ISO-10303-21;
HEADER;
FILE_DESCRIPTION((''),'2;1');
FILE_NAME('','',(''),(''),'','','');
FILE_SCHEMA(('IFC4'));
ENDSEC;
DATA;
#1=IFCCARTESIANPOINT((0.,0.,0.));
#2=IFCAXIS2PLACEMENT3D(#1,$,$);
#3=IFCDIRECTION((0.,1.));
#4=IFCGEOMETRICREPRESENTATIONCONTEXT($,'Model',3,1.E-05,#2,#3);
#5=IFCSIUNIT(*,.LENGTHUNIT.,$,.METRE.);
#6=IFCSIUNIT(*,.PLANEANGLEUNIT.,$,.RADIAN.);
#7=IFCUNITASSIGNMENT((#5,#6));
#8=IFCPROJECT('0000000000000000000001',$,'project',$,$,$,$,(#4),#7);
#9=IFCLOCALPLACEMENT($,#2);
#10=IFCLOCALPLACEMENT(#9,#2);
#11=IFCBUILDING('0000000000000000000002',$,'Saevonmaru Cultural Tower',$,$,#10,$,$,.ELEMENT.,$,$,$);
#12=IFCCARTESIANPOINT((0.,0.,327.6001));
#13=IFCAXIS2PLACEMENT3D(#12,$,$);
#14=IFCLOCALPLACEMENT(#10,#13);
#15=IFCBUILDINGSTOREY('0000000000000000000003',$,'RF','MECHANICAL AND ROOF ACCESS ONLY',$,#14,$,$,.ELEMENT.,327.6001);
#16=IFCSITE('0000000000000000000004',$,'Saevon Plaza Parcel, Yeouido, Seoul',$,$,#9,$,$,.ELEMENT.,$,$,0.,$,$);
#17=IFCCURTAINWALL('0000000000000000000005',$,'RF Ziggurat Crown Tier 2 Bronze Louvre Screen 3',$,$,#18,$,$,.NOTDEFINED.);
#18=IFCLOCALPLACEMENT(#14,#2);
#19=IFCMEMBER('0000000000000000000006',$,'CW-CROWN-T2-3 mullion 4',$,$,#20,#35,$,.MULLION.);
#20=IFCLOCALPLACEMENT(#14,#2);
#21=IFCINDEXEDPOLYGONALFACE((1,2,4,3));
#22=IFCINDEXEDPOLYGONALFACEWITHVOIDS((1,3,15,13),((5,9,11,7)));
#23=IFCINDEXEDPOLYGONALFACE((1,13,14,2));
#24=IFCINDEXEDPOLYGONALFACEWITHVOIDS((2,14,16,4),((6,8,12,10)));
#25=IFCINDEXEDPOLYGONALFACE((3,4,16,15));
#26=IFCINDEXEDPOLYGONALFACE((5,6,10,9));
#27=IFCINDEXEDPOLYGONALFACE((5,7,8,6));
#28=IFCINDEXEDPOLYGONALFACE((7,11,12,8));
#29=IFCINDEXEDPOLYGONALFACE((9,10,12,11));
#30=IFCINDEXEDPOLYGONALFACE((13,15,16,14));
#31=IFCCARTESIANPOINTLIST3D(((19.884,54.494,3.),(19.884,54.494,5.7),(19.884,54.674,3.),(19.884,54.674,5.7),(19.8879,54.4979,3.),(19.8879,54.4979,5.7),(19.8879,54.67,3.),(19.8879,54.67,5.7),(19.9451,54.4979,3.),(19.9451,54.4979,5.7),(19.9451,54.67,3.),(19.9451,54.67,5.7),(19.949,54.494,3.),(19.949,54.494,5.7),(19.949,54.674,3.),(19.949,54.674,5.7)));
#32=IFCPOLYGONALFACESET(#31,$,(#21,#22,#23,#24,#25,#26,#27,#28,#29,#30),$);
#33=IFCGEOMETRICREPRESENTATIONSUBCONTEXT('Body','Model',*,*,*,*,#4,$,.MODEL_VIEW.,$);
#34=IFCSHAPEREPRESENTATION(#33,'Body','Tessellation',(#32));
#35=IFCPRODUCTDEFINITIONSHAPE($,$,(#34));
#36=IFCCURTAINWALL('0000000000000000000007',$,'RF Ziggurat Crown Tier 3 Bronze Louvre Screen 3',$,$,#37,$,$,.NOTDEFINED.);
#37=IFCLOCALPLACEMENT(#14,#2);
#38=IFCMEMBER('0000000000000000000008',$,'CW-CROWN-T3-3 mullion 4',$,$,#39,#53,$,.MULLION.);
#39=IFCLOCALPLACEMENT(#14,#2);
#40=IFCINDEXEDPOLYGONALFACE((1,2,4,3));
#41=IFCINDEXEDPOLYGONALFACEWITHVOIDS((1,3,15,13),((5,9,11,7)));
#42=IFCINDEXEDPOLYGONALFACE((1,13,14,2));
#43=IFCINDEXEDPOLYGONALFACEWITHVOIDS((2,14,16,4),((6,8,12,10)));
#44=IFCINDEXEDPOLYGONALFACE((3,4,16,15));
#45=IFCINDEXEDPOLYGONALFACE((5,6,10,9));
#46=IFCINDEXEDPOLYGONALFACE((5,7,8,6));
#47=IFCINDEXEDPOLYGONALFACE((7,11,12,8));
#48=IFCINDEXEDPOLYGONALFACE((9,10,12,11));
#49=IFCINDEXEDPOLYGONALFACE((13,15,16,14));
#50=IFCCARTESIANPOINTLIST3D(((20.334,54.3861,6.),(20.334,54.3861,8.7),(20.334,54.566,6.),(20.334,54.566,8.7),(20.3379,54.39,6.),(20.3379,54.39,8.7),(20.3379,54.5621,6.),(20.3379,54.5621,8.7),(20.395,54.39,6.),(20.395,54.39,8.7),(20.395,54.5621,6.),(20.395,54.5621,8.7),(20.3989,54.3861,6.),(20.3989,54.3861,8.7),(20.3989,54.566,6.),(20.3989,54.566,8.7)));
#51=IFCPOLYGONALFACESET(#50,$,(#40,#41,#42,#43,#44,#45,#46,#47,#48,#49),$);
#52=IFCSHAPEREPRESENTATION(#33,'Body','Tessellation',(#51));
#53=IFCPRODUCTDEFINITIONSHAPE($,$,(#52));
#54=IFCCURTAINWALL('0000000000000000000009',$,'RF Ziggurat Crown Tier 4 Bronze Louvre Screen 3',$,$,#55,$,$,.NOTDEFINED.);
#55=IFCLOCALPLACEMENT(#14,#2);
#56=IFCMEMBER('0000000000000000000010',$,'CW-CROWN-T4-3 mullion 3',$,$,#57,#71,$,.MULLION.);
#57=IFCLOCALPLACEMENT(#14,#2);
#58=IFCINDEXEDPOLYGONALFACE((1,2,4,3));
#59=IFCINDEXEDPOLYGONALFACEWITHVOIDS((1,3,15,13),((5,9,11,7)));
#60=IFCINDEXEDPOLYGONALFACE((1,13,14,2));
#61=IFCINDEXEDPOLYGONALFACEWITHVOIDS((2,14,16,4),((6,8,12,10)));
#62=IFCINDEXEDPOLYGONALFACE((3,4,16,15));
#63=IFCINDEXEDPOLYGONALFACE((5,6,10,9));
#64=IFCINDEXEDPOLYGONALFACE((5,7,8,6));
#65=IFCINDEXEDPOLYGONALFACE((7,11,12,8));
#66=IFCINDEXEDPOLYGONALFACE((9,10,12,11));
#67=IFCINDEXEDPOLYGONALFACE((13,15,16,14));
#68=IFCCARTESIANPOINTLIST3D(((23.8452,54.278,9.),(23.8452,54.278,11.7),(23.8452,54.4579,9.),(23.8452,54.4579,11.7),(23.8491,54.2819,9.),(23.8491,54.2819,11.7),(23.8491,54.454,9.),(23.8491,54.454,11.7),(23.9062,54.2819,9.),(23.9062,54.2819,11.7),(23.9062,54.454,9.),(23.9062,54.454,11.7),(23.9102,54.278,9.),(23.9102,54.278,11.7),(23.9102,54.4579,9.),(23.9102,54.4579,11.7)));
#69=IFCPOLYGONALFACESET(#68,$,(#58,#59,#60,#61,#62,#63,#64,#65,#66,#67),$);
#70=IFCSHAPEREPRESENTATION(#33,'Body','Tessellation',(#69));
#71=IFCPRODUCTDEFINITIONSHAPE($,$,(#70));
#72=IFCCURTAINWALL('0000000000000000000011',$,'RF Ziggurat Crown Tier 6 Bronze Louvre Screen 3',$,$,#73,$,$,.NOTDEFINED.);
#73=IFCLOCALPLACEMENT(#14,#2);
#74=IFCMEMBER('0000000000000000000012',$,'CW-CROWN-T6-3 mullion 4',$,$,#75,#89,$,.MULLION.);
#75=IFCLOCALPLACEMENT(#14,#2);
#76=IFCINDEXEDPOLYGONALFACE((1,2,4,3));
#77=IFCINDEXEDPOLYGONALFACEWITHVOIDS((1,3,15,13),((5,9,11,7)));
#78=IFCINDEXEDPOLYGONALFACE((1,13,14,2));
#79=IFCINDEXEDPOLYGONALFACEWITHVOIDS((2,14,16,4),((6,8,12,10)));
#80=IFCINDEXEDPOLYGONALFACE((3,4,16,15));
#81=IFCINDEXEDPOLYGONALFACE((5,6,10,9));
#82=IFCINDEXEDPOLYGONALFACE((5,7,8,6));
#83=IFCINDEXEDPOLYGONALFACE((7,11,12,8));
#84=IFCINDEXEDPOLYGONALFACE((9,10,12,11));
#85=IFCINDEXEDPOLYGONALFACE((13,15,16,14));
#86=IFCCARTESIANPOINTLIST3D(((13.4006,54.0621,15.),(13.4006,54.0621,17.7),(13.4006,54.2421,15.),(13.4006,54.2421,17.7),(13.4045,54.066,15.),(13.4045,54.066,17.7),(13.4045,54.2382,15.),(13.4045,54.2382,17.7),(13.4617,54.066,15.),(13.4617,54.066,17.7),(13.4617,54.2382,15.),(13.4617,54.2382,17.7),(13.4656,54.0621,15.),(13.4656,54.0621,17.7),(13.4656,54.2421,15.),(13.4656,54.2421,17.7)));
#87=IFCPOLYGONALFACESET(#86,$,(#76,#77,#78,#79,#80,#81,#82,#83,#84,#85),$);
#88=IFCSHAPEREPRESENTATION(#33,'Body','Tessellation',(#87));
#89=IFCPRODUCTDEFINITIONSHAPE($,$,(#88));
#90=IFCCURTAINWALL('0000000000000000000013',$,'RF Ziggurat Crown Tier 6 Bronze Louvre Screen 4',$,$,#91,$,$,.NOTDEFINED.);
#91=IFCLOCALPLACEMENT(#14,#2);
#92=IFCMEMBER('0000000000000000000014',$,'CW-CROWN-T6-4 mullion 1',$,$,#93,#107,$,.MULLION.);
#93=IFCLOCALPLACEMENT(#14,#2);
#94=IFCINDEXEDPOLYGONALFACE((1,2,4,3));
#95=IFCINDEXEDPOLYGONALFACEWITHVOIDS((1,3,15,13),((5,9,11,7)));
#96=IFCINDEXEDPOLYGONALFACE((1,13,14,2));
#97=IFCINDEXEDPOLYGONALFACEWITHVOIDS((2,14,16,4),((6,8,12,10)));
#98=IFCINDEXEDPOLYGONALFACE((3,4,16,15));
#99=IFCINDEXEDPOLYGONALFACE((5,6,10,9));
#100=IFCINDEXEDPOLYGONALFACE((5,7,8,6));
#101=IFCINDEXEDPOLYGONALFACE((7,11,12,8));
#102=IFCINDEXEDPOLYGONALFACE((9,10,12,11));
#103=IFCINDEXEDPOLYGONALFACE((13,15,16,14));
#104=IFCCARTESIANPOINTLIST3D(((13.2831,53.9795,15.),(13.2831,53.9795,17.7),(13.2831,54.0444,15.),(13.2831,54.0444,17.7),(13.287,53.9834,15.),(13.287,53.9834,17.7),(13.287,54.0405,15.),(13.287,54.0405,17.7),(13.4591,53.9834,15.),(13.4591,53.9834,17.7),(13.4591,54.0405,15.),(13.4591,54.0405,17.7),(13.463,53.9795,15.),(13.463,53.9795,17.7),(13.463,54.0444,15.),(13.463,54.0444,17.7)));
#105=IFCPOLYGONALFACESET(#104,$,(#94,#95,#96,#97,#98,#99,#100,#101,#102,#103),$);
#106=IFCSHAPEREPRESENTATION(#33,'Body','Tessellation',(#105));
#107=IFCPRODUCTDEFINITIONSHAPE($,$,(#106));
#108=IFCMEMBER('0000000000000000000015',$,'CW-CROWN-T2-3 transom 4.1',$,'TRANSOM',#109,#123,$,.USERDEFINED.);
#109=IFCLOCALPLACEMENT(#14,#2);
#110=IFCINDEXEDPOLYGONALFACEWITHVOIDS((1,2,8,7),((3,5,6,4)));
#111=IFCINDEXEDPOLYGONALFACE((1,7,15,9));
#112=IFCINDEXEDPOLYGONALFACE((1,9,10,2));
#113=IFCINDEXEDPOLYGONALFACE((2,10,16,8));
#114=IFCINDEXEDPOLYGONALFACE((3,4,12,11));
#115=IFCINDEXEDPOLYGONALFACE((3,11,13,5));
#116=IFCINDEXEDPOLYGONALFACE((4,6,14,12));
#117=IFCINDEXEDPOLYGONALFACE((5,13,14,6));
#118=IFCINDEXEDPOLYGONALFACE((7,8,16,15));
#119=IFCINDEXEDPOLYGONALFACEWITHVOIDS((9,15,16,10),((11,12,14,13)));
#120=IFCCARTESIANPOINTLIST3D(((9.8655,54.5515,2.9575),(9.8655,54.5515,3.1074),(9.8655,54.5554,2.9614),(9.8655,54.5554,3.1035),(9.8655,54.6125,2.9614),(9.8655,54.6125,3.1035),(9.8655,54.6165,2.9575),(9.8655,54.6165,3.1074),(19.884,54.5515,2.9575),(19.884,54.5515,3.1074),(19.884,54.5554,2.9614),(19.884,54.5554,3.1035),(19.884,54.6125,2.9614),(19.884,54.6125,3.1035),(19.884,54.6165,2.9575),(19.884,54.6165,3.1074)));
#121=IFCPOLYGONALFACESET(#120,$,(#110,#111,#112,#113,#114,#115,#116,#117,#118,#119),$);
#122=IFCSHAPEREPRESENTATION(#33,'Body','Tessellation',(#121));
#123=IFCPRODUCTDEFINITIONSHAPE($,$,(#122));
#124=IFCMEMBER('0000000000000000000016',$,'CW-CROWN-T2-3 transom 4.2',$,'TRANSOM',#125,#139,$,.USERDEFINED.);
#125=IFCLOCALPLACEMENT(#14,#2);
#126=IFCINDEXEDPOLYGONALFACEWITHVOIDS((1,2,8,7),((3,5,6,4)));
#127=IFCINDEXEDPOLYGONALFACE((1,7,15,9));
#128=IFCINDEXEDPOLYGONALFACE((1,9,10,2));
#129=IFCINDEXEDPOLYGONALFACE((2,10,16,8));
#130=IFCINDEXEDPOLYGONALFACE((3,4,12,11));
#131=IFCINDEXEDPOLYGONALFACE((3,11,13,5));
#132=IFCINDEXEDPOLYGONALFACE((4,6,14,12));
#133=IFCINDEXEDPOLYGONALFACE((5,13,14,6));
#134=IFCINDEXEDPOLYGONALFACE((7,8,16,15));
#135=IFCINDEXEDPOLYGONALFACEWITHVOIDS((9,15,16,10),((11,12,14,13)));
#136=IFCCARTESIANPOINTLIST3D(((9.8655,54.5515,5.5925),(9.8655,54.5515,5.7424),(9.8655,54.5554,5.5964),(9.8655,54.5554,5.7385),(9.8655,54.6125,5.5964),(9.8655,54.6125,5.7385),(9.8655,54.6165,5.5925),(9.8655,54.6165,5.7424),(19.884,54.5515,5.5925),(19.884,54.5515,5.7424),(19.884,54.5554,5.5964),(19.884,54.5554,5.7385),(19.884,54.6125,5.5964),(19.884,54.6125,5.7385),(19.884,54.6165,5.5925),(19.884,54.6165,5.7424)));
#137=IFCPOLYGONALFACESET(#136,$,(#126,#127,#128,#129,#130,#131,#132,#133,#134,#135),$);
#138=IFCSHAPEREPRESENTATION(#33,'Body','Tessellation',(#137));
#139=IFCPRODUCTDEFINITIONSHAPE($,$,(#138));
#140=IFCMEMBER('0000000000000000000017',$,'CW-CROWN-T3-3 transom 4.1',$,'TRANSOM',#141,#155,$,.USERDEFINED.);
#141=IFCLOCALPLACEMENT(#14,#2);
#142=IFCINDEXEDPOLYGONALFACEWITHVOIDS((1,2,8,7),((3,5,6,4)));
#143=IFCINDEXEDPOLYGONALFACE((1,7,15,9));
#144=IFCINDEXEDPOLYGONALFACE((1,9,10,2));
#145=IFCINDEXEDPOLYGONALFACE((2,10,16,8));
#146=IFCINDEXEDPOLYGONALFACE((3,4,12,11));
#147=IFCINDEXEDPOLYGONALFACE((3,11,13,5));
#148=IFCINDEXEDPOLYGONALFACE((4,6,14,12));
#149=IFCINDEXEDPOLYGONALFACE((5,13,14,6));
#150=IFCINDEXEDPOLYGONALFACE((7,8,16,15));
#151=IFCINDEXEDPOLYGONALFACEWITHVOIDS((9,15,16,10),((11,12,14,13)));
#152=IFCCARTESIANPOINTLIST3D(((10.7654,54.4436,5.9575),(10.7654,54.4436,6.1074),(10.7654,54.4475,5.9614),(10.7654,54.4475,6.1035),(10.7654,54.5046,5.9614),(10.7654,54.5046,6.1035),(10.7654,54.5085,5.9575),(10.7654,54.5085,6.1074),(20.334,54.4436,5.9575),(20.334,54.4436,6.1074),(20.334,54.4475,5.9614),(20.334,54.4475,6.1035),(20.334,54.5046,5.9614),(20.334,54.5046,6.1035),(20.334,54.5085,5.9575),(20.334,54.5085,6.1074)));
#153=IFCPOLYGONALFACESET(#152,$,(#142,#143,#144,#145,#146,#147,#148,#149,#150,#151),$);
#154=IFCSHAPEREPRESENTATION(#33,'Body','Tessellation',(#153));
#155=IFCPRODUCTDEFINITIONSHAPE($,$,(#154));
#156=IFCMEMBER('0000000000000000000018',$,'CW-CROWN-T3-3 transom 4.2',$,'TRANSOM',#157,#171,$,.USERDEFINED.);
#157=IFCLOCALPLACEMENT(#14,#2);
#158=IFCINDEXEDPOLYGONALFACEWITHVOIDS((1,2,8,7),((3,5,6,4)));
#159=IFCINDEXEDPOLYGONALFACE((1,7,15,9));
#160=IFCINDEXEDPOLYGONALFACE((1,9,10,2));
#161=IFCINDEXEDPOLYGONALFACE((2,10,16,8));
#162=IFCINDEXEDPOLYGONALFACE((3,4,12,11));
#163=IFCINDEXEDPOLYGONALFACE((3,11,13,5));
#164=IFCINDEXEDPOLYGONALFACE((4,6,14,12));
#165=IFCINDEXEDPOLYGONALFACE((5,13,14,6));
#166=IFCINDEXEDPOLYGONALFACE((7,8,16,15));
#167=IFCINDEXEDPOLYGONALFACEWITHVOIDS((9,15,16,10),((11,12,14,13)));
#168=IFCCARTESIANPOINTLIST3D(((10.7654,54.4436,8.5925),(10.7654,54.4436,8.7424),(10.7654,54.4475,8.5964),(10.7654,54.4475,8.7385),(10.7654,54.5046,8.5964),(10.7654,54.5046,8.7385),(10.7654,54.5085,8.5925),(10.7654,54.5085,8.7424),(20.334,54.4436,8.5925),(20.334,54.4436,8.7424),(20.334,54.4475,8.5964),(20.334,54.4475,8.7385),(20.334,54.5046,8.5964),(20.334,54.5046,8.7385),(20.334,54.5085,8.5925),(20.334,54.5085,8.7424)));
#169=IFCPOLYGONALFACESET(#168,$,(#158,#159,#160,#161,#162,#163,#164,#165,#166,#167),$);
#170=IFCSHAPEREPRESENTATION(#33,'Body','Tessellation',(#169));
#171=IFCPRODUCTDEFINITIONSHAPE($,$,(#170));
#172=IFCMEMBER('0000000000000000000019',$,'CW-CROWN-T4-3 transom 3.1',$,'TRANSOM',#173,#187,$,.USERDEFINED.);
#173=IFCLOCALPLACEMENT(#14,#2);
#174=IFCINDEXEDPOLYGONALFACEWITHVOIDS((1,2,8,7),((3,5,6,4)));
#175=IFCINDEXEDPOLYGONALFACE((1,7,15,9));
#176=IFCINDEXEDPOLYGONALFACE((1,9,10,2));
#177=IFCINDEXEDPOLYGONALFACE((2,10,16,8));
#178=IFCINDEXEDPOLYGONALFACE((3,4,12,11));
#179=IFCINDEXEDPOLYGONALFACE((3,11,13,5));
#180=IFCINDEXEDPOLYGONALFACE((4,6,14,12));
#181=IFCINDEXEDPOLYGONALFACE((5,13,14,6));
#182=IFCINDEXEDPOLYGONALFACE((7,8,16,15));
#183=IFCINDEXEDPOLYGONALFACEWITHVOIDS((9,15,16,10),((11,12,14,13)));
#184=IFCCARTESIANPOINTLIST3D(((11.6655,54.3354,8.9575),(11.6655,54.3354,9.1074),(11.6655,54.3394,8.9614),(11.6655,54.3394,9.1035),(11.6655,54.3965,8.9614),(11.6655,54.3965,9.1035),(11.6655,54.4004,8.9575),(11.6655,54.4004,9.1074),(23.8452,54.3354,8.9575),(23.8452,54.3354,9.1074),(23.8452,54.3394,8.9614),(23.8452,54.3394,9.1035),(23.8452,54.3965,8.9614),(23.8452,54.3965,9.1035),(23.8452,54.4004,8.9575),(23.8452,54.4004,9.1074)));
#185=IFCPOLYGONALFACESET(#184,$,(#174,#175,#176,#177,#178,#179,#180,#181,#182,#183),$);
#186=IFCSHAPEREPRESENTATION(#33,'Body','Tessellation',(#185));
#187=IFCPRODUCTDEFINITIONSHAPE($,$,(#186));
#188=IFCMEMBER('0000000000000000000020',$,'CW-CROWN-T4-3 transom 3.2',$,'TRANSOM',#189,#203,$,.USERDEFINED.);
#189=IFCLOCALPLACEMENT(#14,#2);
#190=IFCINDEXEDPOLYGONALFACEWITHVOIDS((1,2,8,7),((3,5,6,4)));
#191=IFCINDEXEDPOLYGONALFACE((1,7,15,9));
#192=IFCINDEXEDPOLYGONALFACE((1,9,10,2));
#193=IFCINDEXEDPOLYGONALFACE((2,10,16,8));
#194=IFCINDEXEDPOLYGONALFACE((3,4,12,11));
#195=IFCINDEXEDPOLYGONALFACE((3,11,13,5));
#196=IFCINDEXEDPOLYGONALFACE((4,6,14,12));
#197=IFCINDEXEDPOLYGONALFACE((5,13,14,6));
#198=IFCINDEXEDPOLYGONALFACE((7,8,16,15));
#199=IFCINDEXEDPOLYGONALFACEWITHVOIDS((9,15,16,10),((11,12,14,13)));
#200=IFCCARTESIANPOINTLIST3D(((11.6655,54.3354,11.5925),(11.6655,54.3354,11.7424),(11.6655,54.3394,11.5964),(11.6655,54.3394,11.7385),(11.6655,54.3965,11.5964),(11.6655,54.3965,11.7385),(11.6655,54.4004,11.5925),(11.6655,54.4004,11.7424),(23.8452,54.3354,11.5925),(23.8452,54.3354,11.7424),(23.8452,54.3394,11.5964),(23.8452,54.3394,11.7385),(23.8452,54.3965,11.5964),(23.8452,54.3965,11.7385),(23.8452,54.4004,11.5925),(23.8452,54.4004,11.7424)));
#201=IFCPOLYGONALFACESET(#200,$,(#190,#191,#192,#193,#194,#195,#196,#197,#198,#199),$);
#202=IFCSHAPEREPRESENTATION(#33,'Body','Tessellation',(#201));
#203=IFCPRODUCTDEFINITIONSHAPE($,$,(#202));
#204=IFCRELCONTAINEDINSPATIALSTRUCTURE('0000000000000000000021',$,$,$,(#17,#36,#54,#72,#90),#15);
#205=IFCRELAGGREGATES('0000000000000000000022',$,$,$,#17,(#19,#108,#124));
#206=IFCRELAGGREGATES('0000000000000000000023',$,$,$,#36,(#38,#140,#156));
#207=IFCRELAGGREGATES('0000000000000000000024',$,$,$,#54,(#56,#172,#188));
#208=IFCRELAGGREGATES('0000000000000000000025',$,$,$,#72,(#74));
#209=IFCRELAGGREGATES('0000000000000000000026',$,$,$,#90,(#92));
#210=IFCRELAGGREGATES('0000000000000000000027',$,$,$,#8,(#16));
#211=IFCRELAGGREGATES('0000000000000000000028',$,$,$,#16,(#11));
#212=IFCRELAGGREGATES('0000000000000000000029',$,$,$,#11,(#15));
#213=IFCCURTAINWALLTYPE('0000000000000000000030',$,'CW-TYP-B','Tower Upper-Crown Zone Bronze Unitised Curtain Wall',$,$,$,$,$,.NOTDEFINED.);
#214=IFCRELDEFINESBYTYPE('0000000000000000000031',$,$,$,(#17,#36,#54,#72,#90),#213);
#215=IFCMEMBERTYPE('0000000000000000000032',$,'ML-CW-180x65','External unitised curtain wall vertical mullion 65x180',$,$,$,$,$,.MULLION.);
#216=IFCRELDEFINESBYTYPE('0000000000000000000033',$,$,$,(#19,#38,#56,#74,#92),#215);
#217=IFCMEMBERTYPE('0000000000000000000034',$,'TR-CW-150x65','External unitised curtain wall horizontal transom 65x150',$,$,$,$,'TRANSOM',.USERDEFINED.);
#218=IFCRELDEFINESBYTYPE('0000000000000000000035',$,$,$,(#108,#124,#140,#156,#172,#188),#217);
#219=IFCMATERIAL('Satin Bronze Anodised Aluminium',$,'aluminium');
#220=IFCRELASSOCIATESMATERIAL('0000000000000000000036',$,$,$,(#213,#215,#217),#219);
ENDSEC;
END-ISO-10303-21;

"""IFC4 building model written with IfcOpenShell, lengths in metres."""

from ifc_helpers import new_model, si_unit, direction, frame, origin, origin_2d, place, context, subcontext, project, spatial, hollow_rectangle, extrude, material, material_profile, profile_set, type_object, element, aggregate, save


model = new_model("IFC4")

# Units and contexts
model_context = context("Model", 3, precision=1e-05, world=origin(), true_north=direction((0.0, 1.0)))
body_context = subcontext(model_context, "Body", "Model", "MODEL_VIEW")
ifc_project = project(units=[si_unit("LENGTHUNIT", "METRE"), si_unit("PLANEANGLEUNIT", "RADIAN")], contexts=[model_context])

# Site, building, storey
site_placement = place(None, origin())
site = spatial("IfcSite", under=ifc_project, at=site_placement, Name="Saevon Plaza Parcel, Yeouido, Seoul", CompositionType="ELEMENT", RefElevation=0.0)
building_placement = place(site_placement, origin())
building = spatial("IfcBuilding", under=site, at=building_placement, Name="Saevonmaru Cultural Tower", CompositionType="ELEMENT")
storey_placement = place(building_placement, frame((0.0, 0.0, 327.6001)))
storey = spatial("IfcBuildingStorey", under=building, at=storey_placement, Name="RF", Description="MECHANICAL AND ROOF ACCESS ONLY", CompositionType="ELEMENT", Elevation=327.6001)

# Curtain walls, members
ifc_material_1 = material(Name="Satin Bronze Anodised Aluminium", Category="aluminium")
curtain_wall_type = type_object("IfcCurtainWallType", Name="CW-TYP-B", Description="Tower Upper-Crown Zone Bronze Unitised Curtain Wall", PredefinedType="NOTDEFINED", material=ifc_material_1)
curtain_wall_1_placement = place(storey_placement, origin())
curtain_wall_1 = element("IfcCurtainWall", 1, at=curtain_wall_1_placement, inside=storey, type_object=curtain_wall_type, Name="RF Ziggurat Crown Tier 2 Bronze Louvre Screen 3", PredefinedType="NOTDEFINED")
ifc_material_profile_1 = material_profile(ifc_material_1, hollow_rectangle(XDim=0.0649, YDim=0.1799, WallThickness=0.0039, at=origin_2d()), Name="ALU-MULL-180x65x4")
ifc_profile_set_1 = profile_set([ifc_material_profile_1], Name="Satin Bronze Anodised Aluminium")
member_type_1 = type_object("IfcMemberType", Name="ML-CW-180x65", Description="External unitised curtain wall vertical mullion 65x180", PredefinedType="MULLION", material=ifc_profile_set_1)
member_1_placement = place(storey_placement, frame((19.9165, 54.584, 3.0), z_axis=(0.0, 0.0, 1.0), x_axis=(-1.0, 0.0, 0.0)))
member_1 = element("IfcMember", 2, at=member_1_placement, type_object=member_type_1, Name="CW-CROWN-T2-3 mullion 4", PredefinedType="MULLION", context=body_context, shape_type="SweptSolid", body=[
    extrude(hollow_rectangle(XDim=0.0649, YDim=0.1799, WallThickness=0.0039, at=origin_2d()), origin(), (0.0, 0.0, 1.0), 2.7),
])
curtain_wall_2_placement = place(storey_placement, origin())
curtain_wall_2 = element("IfcCurtainWall", 3, at=curtain_wall_2_placement, inside=storey, type_object=curtain_wall_type, Name="RF Ziggurat Crown Tier 3 Bronze Louvre Screen 3", PredefinedType="NOTDEFINED")
member_2_placement = place(storey_placement, frame((20.3665, 54.4761, 6.0), z_axis=(0.0, 0.0, 1.0), x_axis=(-1.0, 0.0, 0.0)))
member_2 = element("IfcMember", 4, at=member_2_placement, type_object=member_type_1, Name="CW-CROWN-T3-3 mullion 4", PredefinedType="MULLION", context=body_context, shape_type="SweptSolid", body=[
    extrude(hollow_rectangle(XDim=0.0649, YDim=0.1799, WallThickness=0.0039, at=origin_2d()), origin(), (0.0, 0.0, 1.0), 2.7),
])
curtain_wall_3_placement = place(storey_placement, origin())
curtain_wall_3 = element("IfcCurtainWall", 5, at=curtain_wall_3_placement, inside=storey, type_object=curtain_wall_type, Name="RF Ziggurat Crown Tier 4 Bronze Louvre Screen 3", PredefinedType="NOTDEFINED")
member_3_placement = place(storey_placement, frame((23.8777, 54.3679, 9.0), z_axis=(0.0, 0.0, 1.0), x_axis=(-1.0, 0.0, 0.0)))
member_3 = element("IfcMember", 6, at=member_3_placement, type_object=member_type_1, Name="CW-CROWN-T4-3 mullion 3", PredefinedType="MULLION", context=body_context, shape_type="SweptSolid", body=[
    extrude(hollow_rectangle(XDim=0.0649, YDim=0.1799, WallThickness=0.0039, at=origin_2d()), origin(), (0.0, 0.0, 1.0), 2.7),
])
curtain_wall_4_placement = place(storey_placement, origin())
curtain_wall_4 = element("IfcCurtainWall", 7, at=curtain_wall_4_placement, inside=storey, type_object=curtain_wall_type, Name="RF Ziggurat Crown Tier 6 Bronze Louvre Screen 3", PredefinedType="NOTDEFINED")
member_4_placement = place(storey_placement, frame((13.4331, 54.1521, 15.0), z_axis=(0.0, 0.0, 1.0), x_axis=(-1.0, 0.0, 0.0)))
member_4 = element("IfcMember", 8, at=member_4_placement, type_object=member_type_1, Name="CW-CROWN-T6-3 mullion 4", PredefinedType="MULLION", context=body_context, shape_type="SweptSolid", body=[
    extrude(hollow_rectangle(XDim=0.0649, YDim=0.1799, WallThickness=0.0039, at=origin_2d()), origin(), (0.0, 0.0, 1.0), 2.7),
])
curtain_wall_5_placement = place(storey_placement, origin())
curtain_wall_5 = element("IfcCurtainWall", 9, at=curtain_wall_5_placement, inside=storey, type_object=curtain_wall_type, Name="RF Ziggurat Crown Tier 6 Bronze Louvre Screen 4", PredefinedType="NOTDEFINED")
member_5_placement = place(storey_placement, frame((13.373, 54.012, 15.0), z_axis=(0.0, 0.0, 1.0), x_axis=(0.0, -1.0, 0.0)))
member_5 = element("IfcMember", 10, at=member_5_placement, type_object=member_type_1, Name="CW-CROWN-T6-4 mullion 1", PredefinedType="MULLION", context=body_context, shape_type="SweptSolid", body=[
    extrude(hollow_rectangle(XDim=0.0649, YDim=0.1799, WallThickness=0.0039, at=origin_2d()), origin(), (0.0, 0.0, 1.0), 2.7),
])

# Members
ifc_material_profile_2 = material_profile(ifc_material_1, hollow_rectangle(XDim=0.0649, YDim=0.1499, WallThickness=0.0039, at=origin_2d()), Name="ALU-TRAN-150x65x4")
ifc_profile_set_2 = profile_set([ifc_material_profile_2], Name="Satin Bronze Anodised Aluminium")
member_type_2 = type_object("IfcMemberType", Name="TR-CW-150x65", Description="External unitised curtain wall horizontal transom 65x150", ElementType="TRANSOM", PredefinedType="USERDEFINED", material=ifc_profile_set_2)
member_6_placement = place(storey_placement, frame((19.884, 54.584, 3.0325), z_axis=(-1.0, 0.0, 0.0), x_axis=(0.0, -1.0, 0.0)))
member_6 = element("IfcMember", 11, at=member_6_placement, type_object=member_type_2, Name="CW-CROWN-T2-3 transom 4.1", ObjectType="TRANSOM", PredefinedType="USERDEFINED", context=body_context, shape_type="SweptSolid", body=[
    extrude(hollow_rectangle(XDim=0.0649, YDim=0.1499, WallThickness=0.0039, at=origin_2d()), origin(), (0.0, 0.0, 1.0), 10.0186),
])
member_7_placement = place(storey_placement, frame((19.884, 54.584, 5.6675), z_axis=(-1.0, 0.0, 0.0), x_axis=(0.0, -1.0, 0.0)))
member_7 = element("IfcMember", 12, at=member_7_placement, type_object=member_type_2, Name="CW-CROWN-T2-3 transom 4.2", ObjectType="TRANSOM", PredefinedType="USERDEFINED", context=body_context, shape_type="SweptSolid", body=[
    extrude(hollow_rectangle(XDim=0.0649, YDim=0.1499, WallThickness=0.0039, at=origin_2d()), origin(), (0.0, 0.0, 1.0), 10.0186),
])
member_8_placement = place(storey_placement, frame((20.334, 54.4761, 6.0325), z_axis=(-1.0, 0.0, 0.0), x_axis=(0.0, -1.0, 0.0)))
member_8 = element("IfcMember", 13, at=member_8_placement, type_object=member_type_2, Name="CW-CROWN-T3-3 transom 4.1", ObjectType="TRANSOM", PredefinedType="USERDEFINED", context=body_context, shape_type="SweptSolid", body=[
    extrude(hollow_rectangle(XDim=0.0649, YDim=0.1499, WallThickness=0.0039, at=origin_2d()), origin(), (0.0, 0.0, 1.0), 9.5686),
])
member_9_placement = place(storey_placement, frame((20.334, 54.4761, 8.6675), z_axis=(-1.0, 0.0, 0.0), x_axis=(0.0, -1.0, 0.0)))
member_9 = element("IfcMember", 14, at=member_9_placement, type_object=member_type_2, Name="CW-CROWN-T3-3 transom 4.2", ObjectType="TRANSOM", PredefinedType="USERDEFINED", context=body_context, shape_type="SweptSolid", body=[
    extrude(hollow_rectangle(XDim=0.0649, YDim=0.1499, WallThickness=0.0039, at=origin_2d()), origin(), (0.0, 0.0, 1.0), 9.5686),
])
member_10_placement = place(storey_placement, frame((23.8452, 54.3679, 9.0325), z_axis=(-1.0, 0.0, 0.0), x_axis=(0.0, -1.0, 0.0)))
member_10 = element("IfcMember", 15, at=member_10_placement, type_object=member_type_2, Name="CW-CROWN-T4-3 transom 3.1", ObjectType="TRANSOM", PredefinedType="USERDEFINED", context=body_context, shape_type="SweptSolid", body=[
    extrude(hollow_rectangle(XDim=0.0649, YDim=0.1499, WallThickness=0.0039, at=origin_2d()), origin(), (0.0, 0.0, 1.0), 12.1797),
])
member_11_placement = place(storey_placement, frame((23.8452, 54.3679, 11.6675), z_axis=(-1.0, 0.0, 0.0), x_axis=(0.0, -1.0, 0.0)))
member_11 = element("IfcMember", 16, at=member_11_placement, type_object=member_type_2, Name="CW-CROWN-T4-3 transom 3.2", ObjectType="TRANSOM", PredefinedType="USERDEFINED", context=body_context, shape_type="SweptSolid", body=[
    extrude(hollow_rectangle(XDim=0.0649, YDim=0.1499, WallThickness=0.0039, at=origin_2d()), origin(), (0.0, 0.0, 1.0), 12.1797),
])

aggregate(curtain_wall_1, [member_1, member_6, member_7])
aggregate(curtain_wall_2, [member_2, member_8, member_9])
aggregate(curtain_wall_3, [member_3, member_10, member_11])
aggregate(curtain_wall_4, [member_4])
aggregate(curtain_wall_5, [member_5])

save(model, "model.ifc")
